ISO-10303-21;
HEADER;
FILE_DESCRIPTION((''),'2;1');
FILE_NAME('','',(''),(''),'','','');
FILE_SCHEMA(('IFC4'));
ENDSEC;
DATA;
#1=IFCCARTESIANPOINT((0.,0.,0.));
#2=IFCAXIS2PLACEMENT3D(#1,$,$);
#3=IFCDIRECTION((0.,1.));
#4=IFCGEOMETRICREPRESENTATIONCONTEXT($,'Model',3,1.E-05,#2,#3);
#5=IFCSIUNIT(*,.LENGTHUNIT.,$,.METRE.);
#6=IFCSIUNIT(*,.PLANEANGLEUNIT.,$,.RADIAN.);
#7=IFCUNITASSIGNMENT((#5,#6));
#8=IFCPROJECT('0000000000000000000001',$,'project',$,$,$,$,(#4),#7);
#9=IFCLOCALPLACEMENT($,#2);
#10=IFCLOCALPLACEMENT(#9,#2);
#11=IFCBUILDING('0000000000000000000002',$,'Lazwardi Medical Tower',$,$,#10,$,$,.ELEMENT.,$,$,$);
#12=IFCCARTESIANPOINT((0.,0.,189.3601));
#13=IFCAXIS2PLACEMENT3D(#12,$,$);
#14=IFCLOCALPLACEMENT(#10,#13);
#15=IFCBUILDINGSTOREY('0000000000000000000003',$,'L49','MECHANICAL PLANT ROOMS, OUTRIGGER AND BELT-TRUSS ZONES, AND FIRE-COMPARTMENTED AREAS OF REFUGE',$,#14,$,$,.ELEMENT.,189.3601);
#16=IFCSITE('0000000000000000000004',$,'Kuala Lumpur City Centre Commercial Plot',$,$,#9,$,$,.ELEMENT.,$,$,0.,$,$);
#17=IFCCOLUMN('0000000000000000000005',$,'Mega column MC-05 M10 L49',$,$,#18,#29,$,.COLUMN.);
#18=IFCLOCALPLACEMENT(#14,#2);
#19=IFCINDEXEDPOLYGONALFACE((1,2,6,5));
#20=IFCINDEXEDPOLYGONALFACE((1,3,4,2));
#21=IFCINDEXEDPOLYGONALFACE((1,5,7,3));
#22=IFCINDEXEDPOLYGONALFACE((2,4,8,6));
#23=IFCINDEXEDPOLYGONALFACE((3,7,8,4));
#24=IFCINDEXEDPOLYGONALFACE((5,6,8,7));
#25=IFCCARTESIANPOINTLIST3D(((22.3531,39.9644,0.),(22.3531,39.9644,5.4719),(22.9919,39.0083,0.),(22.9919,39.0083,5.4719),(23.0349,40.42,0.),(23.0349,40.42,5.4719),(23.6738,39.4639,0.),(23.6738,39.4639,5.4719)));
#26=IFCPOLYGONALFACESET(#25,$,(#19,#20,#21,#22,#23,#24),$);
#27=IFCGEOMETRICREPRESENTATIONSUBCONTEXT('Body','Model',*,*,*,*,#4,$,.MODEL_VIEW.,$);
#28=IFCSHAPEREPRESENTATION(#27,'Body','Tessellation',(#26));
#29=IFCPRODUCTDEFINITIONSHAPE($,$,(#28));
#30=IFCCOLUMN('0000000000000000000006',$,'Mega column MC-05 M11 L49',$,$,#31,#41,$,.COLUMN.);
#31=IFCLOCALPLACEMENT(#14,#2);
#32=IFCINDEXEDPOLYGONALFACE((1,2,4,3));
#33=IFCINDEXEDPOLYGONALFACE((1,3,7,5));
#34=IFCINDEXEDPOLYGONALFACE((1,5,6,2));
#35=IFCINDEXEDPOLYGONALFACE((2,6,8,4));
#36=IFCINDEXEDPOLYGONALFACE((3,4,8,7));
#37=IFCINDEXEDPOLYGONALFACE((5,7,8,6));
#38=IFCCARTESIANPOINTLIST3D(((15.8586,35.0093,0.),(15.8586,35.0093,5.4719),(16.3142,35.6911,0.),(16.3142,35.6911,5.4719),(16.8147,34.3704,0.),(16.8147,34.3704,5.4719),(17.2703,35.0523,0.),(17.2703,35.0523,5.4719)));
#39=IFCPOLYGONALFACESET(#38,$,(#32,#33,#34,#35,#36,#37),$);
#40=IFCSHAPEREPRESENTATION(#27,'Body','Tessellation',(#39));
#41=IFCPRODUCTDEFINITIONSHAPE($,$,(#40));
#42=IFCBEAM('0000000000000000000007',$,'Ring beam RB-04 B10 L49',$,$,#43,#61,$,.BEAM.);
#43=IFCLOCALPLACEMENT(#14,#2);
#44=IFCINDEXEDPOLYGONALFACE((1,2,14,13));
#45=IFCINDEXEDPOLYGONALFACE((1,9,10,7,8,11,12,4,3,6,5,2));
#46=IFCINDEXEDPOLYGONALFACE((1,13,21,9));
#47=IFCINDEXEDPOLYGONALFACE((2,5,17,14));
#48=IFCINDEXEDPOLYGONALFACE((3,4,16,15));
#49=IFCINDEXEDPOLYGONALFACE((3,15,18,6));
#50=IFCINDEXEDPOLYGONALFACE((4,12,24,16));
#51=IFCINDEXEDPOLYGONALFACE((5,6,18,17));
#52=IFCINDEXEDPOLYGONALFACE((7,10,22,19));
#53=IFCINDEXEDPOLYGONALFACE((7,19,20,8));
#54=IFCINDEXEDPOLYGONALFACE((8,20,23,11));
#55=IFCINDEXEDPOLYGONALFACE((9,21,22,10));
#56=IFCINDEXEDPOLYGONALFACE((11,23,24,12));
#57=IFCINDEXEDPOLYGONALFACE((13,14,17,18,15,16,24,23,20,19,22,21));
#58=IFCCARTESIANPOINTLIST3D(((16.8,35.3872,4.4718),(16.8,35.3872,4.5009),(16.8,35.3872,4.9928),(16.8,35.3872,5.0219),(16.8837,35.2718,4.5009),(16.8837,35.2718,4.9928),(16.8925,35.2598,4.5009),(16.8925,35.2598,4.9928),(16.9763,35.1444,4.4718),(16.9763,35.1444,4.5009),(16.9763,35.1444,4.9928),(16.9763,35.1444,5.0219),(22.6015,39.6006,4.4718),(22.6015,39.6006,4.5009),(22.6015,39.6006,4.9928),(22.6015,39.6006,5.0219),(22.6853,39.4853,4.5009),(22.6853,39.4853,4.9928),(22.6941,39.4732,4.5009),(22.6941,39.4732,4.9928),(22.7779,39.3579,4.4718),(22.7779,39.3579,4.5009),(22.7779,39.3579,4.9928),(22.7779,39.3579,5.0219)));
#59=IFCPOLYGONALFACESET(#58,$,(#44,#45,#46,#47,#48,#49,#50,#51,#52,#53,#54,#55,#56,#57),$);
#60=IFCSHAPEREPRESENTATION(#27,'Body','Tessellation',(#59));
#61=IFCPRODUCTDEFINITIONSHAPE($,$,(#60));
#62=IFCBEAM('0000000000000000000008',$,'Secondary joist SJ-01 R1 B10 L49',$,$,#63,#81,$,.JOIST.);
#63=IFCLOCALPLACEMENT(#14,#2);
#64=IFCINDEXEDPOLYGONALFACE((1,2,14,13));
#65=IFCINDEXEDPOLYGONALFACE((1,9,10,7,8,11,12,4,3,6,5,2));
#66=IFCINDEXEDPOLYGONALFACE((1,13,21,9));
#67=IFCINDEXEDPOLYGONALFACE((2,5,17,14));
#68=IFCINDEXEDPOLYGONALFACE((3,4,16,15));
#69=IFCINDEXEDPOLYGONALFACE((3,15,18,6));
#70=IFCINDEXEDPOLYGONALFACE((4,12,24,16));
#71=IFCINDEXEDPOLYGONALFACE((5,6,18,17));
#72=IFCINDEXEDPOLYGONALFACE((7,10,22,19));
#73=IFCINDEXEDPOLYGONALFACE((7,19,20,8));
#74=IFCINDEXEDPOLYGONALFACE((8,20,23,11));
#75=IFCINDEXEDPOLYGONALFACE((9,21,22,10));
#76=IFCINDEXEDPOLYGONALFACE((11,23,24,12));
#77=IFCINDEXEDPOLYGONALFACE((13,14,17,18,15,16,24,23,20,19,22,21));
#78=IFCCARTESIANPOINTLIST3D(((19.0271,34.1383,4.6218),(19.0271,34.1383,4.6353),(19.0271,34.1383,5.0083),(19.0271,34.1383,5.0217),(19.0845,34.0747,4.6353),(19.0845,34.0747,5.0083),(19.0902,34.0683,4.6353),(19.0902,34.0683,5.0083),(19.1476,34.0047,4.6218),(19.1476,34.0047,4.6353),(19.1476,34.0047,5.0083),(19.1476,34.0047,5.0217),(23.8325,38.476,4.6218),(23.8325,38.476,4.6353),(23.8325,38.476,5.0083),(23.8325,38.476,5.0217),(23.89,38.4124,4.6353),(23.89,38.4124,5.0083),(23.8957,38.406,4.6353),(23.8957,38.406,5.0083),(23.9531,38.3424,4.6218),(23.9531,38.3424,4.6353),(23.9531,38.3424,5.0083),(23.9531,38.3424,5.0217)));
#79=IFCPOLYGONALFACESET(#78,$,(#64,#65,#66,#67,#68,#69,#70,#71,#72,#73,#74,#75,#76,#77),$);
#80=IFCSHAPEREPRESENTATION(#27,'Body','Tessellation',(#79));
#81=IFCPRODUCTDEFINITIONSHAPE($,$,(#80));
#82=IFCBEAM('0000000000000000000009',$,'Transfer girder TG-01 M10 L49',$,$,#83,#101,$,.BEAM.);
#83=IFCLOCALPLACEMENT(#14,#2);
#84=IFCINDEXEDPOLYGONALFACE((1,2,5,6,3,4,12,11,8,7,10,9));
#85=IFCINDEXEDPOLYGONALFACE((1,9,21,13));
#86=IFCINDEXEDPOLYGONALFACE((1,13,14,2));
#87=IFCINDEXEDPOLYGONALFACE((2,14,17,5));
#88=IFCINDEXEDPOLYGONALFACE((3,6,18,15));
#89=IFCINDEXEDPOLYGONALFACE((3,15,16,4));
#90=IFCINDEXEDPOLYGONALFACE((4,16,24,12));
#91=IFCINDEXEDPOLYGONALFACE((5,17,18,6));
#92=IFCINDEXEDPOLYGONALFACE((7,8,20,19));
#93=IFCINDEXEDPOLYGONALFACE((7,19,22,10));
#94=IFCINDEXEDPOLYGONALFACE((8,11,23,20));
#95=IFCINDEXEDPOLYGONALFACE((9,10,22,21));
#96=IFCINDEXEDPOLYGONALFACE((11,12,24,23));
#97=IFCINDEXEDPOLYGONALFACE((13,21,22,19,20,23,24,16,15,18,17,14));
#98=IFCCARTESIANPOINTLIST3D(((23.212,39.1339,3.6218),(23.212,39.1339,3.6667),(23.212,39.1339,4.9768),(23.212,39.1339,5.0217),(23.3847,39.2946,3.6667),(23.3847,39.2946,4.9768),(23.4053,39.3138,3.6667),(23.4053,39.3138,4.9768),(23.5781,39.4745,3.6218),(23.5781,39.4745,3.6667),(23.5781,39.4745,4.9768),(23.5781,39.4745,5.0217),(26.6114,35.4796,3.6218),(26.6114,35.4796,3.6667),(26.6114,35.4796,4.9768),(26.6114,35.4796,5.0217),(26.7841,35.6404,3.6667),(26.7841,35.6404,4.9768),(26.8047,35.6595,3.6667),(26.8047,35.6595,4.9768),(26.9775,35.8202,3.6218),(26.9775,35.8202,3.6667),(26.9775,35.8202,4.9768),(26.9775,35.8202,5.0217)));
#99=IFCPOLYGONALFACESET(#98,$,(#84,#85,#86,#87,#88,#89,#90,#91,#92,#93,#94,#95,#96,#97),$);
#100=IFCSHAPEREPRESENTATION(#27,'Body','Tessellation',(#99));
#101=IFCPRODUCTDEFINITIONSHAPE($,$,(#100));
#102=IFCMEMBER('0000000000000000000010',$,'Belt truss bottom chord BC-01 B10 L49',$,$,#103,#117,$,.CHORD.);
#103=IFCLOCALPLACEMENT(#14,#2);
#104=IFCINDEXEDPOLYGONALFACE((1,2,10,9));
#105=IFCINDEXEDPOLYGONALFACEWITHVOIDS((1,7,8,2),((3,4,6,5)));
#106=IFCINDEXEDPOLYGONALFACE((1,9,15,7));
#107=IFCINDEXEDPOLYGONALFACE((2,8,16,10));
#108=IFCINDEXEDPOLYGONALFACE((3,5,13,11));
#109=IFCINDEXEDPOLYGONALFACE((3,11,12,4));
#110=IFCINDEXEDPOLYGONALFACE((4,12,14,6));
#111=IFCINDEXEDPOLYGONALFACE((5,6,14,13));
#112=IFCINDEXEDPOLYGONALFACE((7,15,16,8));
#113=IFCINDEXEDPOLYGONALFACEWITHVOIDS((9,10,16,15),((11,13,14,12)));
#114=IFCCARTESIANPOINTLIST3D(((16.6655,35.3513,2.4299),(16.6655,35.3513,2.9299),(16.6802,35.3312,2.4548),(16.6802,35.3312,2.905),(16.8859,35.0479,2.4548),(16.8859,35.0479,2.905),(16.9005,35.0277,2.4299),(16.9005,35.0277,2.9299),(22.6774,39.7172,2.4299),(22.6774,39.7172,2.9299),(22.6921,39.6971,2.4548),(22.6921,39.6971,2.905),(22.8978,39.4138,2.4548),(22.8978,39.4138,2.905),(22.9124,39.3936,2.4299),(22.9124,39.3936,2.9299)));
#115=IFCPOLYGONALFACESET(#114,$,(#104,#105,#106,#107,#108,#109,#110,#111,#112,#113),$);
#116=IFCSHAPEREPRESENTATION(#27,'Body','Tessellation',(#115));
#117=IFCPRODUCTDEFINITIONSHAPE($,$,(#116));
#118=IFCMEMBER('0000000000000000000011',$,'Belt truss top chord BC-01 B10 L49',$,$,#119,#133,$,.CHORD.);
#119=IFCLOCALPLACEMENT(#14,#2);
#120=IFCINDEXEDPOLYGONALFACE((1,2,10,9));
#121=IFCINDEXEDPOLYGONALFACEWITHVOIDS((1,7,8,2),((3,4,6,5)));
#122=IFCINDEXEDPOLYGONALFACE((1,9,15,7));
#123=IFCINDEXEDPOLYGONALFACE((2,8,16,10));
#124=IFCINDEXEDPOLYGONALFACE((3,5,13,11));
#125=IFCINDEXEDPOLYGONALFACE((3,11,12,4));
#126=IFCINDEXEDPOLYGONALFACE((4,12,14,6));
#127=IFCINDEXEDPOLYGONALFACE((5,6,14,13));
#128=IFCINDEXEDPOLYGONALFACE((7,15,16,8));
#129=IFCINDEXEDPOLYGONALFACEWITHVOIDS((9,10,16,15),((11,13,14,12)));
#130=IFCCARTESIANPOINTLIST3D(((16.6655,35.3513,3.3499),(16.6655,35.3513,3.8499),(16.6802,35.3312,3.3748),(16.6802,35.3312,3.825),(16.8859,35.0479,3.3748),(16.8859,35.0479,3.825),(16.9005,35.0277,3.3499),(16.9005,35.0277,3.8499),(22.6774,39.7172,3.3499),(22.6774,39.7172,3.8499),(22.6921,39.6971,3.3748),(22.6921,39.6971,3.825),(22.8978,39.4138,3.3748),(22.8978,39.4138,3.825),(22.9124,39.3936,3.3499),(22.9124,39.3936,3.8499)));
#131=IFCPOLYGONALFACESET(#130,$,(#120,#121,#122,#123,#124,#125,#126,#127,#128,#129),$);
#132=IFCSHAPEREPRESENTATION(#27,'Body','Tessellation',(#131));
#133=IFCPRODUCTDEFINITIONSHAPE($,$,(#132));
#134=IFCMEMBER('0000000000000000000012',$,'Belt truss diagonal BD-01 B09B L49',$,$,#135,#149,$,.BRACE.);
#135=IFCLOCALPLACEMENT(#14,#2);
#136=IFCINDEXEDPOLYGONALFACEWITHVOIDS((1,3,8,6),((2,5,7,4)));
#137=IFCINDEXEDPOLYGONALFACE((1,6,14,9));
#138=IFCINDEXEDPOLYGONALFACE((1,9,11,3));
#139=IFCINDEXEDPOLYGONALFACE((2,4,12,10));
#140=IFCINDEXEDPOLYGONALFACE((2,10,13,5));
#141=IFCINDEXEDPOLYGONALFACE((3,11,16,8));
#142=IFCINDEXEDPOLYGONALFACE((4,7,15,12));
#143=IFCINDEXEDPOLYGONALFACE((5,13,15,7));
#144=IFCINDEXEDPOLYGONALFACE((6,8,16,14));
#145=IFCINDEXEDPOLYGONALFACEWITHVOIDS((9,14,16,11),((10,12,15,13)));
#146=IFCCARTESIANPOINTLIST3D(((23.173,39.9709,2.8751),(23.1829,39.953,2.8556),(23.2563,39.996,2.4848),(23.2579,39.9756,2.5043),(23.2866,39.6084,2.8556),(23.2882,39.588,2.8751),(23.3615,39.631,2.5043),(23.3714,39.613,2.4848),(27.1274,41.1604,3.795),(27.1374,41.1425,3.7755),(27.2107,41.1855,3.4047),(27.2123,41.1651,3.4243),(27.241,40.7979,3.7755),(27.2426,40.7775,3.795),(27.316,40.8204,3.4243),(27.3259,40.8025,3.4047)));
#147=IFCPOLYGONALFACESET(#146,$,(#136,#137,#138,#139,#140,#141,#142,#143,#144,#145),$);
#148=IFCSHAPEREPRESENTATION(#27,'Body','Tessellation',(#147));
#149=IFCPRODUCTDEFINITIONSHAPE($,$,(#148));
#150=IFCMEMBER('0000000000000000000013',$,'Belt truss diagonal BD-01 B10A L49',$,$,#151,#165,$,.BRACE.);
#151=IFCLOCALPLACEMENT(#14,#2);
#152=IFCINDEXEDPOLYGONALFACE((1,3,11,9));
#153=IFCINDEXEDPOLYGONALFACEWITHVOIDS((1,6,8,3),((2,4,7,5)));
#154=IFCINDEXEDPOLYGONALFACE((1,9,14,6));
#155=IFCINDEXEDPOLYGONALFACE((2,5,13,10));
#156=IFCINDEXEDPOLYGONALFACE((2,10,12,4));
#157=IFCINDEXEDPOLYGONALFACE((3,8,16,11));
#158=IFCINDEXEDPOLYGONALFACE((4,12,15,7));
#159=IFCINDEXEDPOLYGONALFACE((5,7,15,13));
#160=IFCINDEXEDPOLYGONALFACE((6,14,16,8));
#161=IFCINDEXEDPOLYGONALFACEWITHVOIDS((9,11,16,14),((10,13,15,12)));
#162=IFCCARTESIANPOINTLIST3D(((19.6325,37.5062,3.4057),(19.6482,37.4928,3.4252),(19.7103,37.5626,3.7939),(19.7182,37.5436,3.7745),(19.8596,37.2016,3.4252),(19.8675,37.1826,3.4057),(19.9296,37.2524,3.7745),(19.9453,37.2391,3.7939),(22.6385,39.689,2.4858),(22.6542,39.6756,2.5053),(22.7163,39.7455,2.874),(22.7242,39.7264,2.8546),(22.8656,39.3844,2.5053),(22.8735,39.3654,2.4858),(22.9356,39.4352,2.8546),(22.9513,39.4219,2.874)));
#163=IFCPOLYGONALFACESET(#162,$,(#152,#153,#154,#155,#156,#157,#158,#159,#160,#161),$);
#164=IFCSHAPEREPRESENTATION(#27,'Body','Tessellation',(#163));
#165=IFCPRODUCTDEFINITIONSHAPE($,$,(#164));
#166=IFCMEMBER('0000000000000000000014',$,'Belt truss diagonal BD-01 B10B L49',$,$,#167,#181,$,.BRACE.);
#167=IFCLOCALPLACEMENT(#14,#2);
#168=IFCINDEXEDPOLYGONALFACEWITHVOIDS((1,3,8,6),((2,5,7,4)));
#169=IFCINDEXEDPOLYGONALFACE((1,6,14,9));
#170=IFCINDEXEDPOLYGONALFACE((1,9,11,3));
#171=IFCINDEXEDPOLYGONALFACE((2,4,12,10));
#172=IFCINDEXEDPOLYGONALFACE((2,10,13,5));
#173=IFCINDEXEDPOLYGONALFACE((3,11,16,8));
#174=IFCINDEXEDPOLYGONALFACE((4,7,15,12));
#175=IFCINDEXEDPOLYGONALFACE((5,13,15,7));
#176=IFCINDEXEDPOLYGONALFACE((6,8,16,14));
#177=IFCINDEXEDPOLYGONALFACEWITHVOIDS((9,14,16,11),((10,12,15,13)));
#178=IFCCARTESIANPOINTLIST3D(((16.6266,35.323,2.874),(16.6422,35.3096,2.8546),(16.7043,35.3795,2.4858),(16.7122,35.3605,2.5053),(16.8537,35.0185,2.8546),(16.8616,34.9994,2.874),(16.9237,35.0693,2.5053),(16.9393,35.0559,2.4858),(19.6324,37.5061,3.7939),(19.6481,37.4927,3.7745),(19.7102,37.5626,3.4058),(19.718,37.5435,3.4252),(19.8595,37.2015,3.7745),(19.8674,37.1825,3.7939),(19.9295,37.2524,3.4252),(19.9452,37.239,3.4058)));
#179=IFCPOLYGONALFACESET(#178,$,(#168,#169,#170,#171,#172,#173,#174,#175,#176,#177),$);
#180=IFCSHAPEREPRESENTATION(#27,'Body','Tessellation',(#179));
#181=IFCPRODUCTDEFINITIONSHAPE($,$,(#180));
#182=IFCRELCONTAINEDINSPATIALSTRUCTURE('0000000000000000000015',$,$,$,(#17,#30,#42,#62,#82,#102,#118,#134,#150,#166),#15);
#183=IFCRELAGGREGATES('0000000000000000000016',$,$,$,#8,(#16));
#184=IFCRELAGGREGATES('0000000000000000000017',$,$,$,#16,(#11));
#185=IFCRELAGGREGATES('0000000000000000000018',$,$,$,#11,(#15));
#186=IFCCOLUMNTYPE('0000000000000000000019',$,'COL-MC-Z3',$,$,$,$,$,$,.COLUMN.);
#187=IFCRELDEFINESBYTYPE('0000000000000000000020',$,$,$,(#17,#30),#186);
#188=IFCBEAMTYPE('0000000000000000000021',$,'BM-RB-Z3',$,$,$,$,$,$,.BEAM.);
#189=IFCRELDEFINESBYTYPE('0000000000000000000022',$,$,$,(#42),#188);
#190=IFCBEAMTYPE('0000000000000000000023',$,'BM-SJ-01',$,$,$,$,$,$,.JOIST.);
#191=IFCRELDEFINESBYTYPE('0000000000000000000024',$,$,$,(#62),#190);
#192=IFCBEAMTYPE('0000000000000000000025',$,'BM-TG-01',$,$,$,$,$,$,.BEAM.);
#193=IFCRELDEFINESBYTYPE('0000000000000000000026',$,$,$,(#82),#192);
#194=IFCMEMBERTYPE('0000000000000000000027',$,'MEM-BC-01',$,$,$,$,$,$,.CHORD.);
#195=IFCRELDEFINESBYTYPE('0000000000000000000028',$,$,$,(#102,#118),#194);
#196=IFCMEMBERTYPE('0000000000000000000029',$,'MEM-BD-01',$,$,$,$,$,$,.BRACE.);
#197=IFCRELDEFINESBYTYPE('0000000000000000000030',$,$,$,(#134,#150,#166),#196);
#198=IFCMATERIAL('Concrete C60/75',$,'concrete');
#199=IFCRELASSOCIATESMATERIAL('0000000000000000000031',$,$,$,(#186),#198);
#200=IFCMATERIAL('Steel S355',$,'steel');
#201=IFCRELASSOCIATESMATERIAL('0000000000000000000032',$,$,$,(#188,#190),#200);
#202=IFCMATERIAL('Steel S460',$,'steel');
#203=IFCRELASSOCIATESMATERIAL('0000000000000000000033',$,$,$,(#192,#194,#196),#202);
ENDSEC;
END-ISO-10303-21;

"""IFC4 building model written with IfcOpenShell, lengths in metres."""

from ifc_helpers import new_model, si_unit, direction, frame, origin, origin_2d, place, context, subcontext, project, spatial, rectangle, hollow_rectangle, i_section, extrude, material, material_profile, profile_set, type_object, element, save


model = new_model("IFC4")

# Units and contexts
model_context = context("Model", 3, precision=1e-05, world=origin(), true_north=direction((0.0, 1.0)))
body_context = subcontext(model_context, "Body", "Model", "MODEL_VIEW")
ifc_project = project(units=[si_unit("LENGTHUNIT", "METRE"), si_unit("PLANEANGLEUNIT", "RADIAN")], contexts=[model_context])

# Site, building, storey
site_placement = place(None, origin())
site = spatial("IfcSite", under=ifc_project, at=site_placement, Name="Kuala Lumpur City Centre Commercial Plot", CompositionType="ELEMENT", RefElevation=0.0)
building_placement = place(site_placement, origin())
building = spatial("IfcBuilding", under=site, at=building_placement, Name="Lazwardi Medical Tower", CompositionType="ELEMENT")
storey_placement = place(building_placement, frame((0.0, 0.0, 189.3601)))
storey = spatial("IfcBuildingStorey", under=building, at=storey_placement, Name="L49", Description="MECHANICAL PLANT ROOMS, OUTRIGGER AND BELT-TRUSS ZONES, AND FIRE-COMPARTMENTED AREAS OF REFUGE", CompositionType="ELEMENT", Elevation=189.3601)

# Columns
ifc_material_1 = material(Name="Concrete C60/75", Category="concrete")
ifc_material_profile_1 = material_profile(ifc_material_1, rectangle(XDim=1.1499, YDim=0.8201, at=origin_2d()), Name="CFT-RECT 1150x820")
ifc_profile_set_1 = profile_set([ifc_material_profile_1], Name="Concrete C60/75")
column_type = type_object("IfcColumnType", Name="COL-MC-Z3", PredefinedType="COLUMN", material=ifc_profile_set_1)
for number, where, z_axis, x_axis, name in (
    (1, (23.0134, 39.7141, 0.0), (0.0, 0.0, 1.0), (-0.55557, 0.83147, 0.0), "Mega column MC-05 M10 L49"),
    (2, (16.5645, 35.0308, 0.0), (0.0, 0.0, 1.0), (-0.83147, 0.55557, 0.0), "Mega column MC-05 M11 L49"),
):
    element("IfcColumn", number, at=place(storey_placement, frame(where, z_axis=z_axis, x_axis=x_axis)), inside=storey, type_object=column_type, Name=name, PredefinedType="COLUMN", context=body_context, shape_type="SweptSolid", body=[
        extrude(rectangle(XDim=1.1499, YDim=0.8201, at=origin_2d()), origin(), (0.0, 0.0, 1.0), 5.4719),
    ])

# Beams
ifc_material_2 = material(Name="Steel S355", Category="steel")
ifc_material_profile_2 = material_profile(ifc_material_2, i_section(OverallWidth=0.3, OverallDepth=0.55, WebThickness=0.0149, FlangeThickness=0.0291, at=origin_2d()), Name="HEB 550")
ifc_profile_set_2 = profile_set([ifc_material_profile_2], Name="Steel S355")
beam_type_1 = type_object("IfcBeamType", Name="BM-RB-Z3", PredefinedType="BEAM", material=ifc_profile_set_2)
beam_1_placement = place(storey_placement, frame((22.6897, 39.4792, 4.7468), z_axis=(-0.809128, -0.587633, 0.0), x_axis=(0.587633, -0.809128, 0.0)))
element("IfcBeam", 3, at=beam_1_placement, inside=storey, type_object=beam_type_1, Name="Ring beam RB-04 B10 L49", PredefinedType="BEAM", context=body_context, shape_type="SweptSolid", body=[
    extrude(i_section(OverallWidth=0.3, OverallDepth=0.55, WebThickness=0.0149, FlangeThickness=0.0291, at=origin_2d()), origin(), (0.0, 0.0, 1.0), 7.1702),
])
ifc_material_profile_3 = material_profile(ifc_material_2, i_section(OverallWidth=0.1799, OverallDepth=0.3999, WebThickness=0.0085, FlangeThickness=0.0134, at=origin_2d()), Name="IPE 400")
ifc_profile_set_3 = profile_set([ifc_material_profile_3], Name="Steel S355")
beam_type_2 = type_object("IfcBeamType", Name="BM-SJ-01", PredefinedType="JOIST", material=ifc_profile_set_3)
beam_2_placement = place(storey_placement, frame((23.8928, 38.4092, 4.8218), z_axis=(-0.742313, -0.670054, 0.0), x_axis=(0.670054, -0.742313, 0.0)))
element("IfcBeam", 4, at=beam_2_placement, inside=storey, type_object=beam_type_2, Name="Secondary joist SJ-01 R1 B10 L49", PredefinedType="JOIST", context=body_context, shape_type="SweptSolid", body=[
    extrude(i_section(OverallWidth=0.1799, OverallDepth=0.3999, WebThickness=0.0085, FlangeThickness=0.0134, at=origin_2d()), origin(), (0.0, 0.0, 1.0), 6.4736),
])
ifc_material_3 = material(Name="Steel S460", Category="steel")
ifc_material_profile_4 = material_profile(ifc_material_3, i_section(OverallWidth=0.5, OverallDepth=1.3999, WebThickness=0.0281, FlangeThickness=0.0449, at=origin_2d()), Name="PG 1400x500")
ifc_profile_set_4 = profile_set([ifc_material_profile_4], Name="Steel S460")
beam_type_3 = type_object("IfcBeamType", Name="BM-TG-01", PredefinedType="BEAM", material=ifc_profile_set_4)
beam_3_placement = place(storey_placement, frame((23.395, 39.3042, 4.3218), z_axis=(0.681111, -0.73218, 0.0), x_axis=(0.73218, 0.681111, 0.0)))
element("IfcBeam", 5, at=beam_3_placement, inside=storey, type_object=beam_type_3, Name="Transfer girder TG-01 M10 L49", PredefinedType="BEAM", context=body_context, shape_type="SweptSolid", body=[
    extrude(i_section(OverallWidth=0.5, OverallDepth=1.3999, WebThickness=0.0281, FlangeThickness=0.0449, at=origin_2d()), origin(), (0.0, 0.0, 1.0), 4.991),
])

# Members
ifc_material_profile_5 = material_profile(ifc_material_3, hollow_rectangle(XDim=0.3999, YDim=0.5, WallThickness=0.0249, at=origin_2d()), Name="RHS 500x400x25")
ifc_profile_set_5 = profile_set([ifc_material_profile_5], Name="Steel S460")
member_type_1 = type_object("IfcMemberType", Name="MEM-BC-01", PredefinedType="CHORD", material=ifc_profile_set_5)
for number, where, z_axis, x_axis, name in (
    (6, (22.7949, 39.5554, 2.6799), (-0.809144, -0.587611, 0.0), (0.587611, -0.809144, 0.0), "Belt truss bottom chord BC-01 B10 L49"),
    (7, (22.7949, 39.5554, 3.5999), (-0.809144, -0.587611, 0.0), (0.587611, -0.809144, 0.0), "Belt truss top chord BC-01 B10 L49"),
):
    element("IfcMember", number, at=place(storey_placement, frame(where, z_axis=z_axis, x_axis=x_axis)), inside=storey, type_object=member_type_1, Name=name, PredefinedType="CHORD", context=body_context, shape_type="SweptSolid", body=[
        extrude(hollow_rectangle(XDim=0.3999, YDim=0.5, WallThickness=0.0249, at=origin_2d()), origin(), (0.0, 0.0, 1.0), 7.4299),
    ])
ifc_material_profile_6 = material_profile(ifc_material_3, hollow_rectangle(XDim=0.3999, YDim=0.3999, WallThickness=0.02, at=origin_2d()), Name="RHS 400x400x20")
ifc_profile_set_6 = profile_set([ifc_material_profile_6], Name="Steel S460")
member_type_2 = type_object("IfcMemberType", Name="MEM-BD-01", PredefinedType="BRACE", material=ifc_profile_set_6)
member_1_placement = place(storey_placement, frame((23.2722, 39.792, 2.6799), z_axis=(0.934703, 0.281155, 0.217445), x_axis=(-0.288048, 0.957616, 0.0)))
element("IfcMember", 8, at=member_1_placement, inside=storey, type_object=member_type_2, Name="Belt truss diagonal BD-01 B09B L49", PredefinedType="BRACE", context=body_context, shape_type="SweptSolid", body=[
    extrude(hollow_rectangle(XDim=0.3999, YDim=0.3999, WallThickness=0.02, at=origin_2d()), origin(), (0.0, 0.0, 1.0), 4.2307),
])
for number, where, z_axis, x_axis, name in (
    (9, (22.7949, 39.5554, 2.6799), (-0.785449, -0.570348, 0.240361), (0.587574, -0.809171, 0.0), "Belt truss diagonal BD-01 B10A L49"),
    (10, (16.783, 35.1895, 2.6799), (0.785396, 0.57042, 0.240365), (-0.587648, 0.809117, 0.0), "Belt truss diagonal BD-01 B10B L49"),
):
    element("IfcMember", number, at=place(storey_placement, frame(where, z_axis=z_axis, x_axis=x_axis)), inside=storey, type_object=member_type_2, Name=name, PredefinedType="BRACE", context=body_context, shape_type="SweptSolid", body=[
        extrude(hollow_rectangle(XDim=0.3999, YDim=0.3999, WallThickness=0.02, at=origin_2d()), origin(), (0.0, 0.0, 1.0), 3.8271),
    ])

save(model, "model.ifc")
